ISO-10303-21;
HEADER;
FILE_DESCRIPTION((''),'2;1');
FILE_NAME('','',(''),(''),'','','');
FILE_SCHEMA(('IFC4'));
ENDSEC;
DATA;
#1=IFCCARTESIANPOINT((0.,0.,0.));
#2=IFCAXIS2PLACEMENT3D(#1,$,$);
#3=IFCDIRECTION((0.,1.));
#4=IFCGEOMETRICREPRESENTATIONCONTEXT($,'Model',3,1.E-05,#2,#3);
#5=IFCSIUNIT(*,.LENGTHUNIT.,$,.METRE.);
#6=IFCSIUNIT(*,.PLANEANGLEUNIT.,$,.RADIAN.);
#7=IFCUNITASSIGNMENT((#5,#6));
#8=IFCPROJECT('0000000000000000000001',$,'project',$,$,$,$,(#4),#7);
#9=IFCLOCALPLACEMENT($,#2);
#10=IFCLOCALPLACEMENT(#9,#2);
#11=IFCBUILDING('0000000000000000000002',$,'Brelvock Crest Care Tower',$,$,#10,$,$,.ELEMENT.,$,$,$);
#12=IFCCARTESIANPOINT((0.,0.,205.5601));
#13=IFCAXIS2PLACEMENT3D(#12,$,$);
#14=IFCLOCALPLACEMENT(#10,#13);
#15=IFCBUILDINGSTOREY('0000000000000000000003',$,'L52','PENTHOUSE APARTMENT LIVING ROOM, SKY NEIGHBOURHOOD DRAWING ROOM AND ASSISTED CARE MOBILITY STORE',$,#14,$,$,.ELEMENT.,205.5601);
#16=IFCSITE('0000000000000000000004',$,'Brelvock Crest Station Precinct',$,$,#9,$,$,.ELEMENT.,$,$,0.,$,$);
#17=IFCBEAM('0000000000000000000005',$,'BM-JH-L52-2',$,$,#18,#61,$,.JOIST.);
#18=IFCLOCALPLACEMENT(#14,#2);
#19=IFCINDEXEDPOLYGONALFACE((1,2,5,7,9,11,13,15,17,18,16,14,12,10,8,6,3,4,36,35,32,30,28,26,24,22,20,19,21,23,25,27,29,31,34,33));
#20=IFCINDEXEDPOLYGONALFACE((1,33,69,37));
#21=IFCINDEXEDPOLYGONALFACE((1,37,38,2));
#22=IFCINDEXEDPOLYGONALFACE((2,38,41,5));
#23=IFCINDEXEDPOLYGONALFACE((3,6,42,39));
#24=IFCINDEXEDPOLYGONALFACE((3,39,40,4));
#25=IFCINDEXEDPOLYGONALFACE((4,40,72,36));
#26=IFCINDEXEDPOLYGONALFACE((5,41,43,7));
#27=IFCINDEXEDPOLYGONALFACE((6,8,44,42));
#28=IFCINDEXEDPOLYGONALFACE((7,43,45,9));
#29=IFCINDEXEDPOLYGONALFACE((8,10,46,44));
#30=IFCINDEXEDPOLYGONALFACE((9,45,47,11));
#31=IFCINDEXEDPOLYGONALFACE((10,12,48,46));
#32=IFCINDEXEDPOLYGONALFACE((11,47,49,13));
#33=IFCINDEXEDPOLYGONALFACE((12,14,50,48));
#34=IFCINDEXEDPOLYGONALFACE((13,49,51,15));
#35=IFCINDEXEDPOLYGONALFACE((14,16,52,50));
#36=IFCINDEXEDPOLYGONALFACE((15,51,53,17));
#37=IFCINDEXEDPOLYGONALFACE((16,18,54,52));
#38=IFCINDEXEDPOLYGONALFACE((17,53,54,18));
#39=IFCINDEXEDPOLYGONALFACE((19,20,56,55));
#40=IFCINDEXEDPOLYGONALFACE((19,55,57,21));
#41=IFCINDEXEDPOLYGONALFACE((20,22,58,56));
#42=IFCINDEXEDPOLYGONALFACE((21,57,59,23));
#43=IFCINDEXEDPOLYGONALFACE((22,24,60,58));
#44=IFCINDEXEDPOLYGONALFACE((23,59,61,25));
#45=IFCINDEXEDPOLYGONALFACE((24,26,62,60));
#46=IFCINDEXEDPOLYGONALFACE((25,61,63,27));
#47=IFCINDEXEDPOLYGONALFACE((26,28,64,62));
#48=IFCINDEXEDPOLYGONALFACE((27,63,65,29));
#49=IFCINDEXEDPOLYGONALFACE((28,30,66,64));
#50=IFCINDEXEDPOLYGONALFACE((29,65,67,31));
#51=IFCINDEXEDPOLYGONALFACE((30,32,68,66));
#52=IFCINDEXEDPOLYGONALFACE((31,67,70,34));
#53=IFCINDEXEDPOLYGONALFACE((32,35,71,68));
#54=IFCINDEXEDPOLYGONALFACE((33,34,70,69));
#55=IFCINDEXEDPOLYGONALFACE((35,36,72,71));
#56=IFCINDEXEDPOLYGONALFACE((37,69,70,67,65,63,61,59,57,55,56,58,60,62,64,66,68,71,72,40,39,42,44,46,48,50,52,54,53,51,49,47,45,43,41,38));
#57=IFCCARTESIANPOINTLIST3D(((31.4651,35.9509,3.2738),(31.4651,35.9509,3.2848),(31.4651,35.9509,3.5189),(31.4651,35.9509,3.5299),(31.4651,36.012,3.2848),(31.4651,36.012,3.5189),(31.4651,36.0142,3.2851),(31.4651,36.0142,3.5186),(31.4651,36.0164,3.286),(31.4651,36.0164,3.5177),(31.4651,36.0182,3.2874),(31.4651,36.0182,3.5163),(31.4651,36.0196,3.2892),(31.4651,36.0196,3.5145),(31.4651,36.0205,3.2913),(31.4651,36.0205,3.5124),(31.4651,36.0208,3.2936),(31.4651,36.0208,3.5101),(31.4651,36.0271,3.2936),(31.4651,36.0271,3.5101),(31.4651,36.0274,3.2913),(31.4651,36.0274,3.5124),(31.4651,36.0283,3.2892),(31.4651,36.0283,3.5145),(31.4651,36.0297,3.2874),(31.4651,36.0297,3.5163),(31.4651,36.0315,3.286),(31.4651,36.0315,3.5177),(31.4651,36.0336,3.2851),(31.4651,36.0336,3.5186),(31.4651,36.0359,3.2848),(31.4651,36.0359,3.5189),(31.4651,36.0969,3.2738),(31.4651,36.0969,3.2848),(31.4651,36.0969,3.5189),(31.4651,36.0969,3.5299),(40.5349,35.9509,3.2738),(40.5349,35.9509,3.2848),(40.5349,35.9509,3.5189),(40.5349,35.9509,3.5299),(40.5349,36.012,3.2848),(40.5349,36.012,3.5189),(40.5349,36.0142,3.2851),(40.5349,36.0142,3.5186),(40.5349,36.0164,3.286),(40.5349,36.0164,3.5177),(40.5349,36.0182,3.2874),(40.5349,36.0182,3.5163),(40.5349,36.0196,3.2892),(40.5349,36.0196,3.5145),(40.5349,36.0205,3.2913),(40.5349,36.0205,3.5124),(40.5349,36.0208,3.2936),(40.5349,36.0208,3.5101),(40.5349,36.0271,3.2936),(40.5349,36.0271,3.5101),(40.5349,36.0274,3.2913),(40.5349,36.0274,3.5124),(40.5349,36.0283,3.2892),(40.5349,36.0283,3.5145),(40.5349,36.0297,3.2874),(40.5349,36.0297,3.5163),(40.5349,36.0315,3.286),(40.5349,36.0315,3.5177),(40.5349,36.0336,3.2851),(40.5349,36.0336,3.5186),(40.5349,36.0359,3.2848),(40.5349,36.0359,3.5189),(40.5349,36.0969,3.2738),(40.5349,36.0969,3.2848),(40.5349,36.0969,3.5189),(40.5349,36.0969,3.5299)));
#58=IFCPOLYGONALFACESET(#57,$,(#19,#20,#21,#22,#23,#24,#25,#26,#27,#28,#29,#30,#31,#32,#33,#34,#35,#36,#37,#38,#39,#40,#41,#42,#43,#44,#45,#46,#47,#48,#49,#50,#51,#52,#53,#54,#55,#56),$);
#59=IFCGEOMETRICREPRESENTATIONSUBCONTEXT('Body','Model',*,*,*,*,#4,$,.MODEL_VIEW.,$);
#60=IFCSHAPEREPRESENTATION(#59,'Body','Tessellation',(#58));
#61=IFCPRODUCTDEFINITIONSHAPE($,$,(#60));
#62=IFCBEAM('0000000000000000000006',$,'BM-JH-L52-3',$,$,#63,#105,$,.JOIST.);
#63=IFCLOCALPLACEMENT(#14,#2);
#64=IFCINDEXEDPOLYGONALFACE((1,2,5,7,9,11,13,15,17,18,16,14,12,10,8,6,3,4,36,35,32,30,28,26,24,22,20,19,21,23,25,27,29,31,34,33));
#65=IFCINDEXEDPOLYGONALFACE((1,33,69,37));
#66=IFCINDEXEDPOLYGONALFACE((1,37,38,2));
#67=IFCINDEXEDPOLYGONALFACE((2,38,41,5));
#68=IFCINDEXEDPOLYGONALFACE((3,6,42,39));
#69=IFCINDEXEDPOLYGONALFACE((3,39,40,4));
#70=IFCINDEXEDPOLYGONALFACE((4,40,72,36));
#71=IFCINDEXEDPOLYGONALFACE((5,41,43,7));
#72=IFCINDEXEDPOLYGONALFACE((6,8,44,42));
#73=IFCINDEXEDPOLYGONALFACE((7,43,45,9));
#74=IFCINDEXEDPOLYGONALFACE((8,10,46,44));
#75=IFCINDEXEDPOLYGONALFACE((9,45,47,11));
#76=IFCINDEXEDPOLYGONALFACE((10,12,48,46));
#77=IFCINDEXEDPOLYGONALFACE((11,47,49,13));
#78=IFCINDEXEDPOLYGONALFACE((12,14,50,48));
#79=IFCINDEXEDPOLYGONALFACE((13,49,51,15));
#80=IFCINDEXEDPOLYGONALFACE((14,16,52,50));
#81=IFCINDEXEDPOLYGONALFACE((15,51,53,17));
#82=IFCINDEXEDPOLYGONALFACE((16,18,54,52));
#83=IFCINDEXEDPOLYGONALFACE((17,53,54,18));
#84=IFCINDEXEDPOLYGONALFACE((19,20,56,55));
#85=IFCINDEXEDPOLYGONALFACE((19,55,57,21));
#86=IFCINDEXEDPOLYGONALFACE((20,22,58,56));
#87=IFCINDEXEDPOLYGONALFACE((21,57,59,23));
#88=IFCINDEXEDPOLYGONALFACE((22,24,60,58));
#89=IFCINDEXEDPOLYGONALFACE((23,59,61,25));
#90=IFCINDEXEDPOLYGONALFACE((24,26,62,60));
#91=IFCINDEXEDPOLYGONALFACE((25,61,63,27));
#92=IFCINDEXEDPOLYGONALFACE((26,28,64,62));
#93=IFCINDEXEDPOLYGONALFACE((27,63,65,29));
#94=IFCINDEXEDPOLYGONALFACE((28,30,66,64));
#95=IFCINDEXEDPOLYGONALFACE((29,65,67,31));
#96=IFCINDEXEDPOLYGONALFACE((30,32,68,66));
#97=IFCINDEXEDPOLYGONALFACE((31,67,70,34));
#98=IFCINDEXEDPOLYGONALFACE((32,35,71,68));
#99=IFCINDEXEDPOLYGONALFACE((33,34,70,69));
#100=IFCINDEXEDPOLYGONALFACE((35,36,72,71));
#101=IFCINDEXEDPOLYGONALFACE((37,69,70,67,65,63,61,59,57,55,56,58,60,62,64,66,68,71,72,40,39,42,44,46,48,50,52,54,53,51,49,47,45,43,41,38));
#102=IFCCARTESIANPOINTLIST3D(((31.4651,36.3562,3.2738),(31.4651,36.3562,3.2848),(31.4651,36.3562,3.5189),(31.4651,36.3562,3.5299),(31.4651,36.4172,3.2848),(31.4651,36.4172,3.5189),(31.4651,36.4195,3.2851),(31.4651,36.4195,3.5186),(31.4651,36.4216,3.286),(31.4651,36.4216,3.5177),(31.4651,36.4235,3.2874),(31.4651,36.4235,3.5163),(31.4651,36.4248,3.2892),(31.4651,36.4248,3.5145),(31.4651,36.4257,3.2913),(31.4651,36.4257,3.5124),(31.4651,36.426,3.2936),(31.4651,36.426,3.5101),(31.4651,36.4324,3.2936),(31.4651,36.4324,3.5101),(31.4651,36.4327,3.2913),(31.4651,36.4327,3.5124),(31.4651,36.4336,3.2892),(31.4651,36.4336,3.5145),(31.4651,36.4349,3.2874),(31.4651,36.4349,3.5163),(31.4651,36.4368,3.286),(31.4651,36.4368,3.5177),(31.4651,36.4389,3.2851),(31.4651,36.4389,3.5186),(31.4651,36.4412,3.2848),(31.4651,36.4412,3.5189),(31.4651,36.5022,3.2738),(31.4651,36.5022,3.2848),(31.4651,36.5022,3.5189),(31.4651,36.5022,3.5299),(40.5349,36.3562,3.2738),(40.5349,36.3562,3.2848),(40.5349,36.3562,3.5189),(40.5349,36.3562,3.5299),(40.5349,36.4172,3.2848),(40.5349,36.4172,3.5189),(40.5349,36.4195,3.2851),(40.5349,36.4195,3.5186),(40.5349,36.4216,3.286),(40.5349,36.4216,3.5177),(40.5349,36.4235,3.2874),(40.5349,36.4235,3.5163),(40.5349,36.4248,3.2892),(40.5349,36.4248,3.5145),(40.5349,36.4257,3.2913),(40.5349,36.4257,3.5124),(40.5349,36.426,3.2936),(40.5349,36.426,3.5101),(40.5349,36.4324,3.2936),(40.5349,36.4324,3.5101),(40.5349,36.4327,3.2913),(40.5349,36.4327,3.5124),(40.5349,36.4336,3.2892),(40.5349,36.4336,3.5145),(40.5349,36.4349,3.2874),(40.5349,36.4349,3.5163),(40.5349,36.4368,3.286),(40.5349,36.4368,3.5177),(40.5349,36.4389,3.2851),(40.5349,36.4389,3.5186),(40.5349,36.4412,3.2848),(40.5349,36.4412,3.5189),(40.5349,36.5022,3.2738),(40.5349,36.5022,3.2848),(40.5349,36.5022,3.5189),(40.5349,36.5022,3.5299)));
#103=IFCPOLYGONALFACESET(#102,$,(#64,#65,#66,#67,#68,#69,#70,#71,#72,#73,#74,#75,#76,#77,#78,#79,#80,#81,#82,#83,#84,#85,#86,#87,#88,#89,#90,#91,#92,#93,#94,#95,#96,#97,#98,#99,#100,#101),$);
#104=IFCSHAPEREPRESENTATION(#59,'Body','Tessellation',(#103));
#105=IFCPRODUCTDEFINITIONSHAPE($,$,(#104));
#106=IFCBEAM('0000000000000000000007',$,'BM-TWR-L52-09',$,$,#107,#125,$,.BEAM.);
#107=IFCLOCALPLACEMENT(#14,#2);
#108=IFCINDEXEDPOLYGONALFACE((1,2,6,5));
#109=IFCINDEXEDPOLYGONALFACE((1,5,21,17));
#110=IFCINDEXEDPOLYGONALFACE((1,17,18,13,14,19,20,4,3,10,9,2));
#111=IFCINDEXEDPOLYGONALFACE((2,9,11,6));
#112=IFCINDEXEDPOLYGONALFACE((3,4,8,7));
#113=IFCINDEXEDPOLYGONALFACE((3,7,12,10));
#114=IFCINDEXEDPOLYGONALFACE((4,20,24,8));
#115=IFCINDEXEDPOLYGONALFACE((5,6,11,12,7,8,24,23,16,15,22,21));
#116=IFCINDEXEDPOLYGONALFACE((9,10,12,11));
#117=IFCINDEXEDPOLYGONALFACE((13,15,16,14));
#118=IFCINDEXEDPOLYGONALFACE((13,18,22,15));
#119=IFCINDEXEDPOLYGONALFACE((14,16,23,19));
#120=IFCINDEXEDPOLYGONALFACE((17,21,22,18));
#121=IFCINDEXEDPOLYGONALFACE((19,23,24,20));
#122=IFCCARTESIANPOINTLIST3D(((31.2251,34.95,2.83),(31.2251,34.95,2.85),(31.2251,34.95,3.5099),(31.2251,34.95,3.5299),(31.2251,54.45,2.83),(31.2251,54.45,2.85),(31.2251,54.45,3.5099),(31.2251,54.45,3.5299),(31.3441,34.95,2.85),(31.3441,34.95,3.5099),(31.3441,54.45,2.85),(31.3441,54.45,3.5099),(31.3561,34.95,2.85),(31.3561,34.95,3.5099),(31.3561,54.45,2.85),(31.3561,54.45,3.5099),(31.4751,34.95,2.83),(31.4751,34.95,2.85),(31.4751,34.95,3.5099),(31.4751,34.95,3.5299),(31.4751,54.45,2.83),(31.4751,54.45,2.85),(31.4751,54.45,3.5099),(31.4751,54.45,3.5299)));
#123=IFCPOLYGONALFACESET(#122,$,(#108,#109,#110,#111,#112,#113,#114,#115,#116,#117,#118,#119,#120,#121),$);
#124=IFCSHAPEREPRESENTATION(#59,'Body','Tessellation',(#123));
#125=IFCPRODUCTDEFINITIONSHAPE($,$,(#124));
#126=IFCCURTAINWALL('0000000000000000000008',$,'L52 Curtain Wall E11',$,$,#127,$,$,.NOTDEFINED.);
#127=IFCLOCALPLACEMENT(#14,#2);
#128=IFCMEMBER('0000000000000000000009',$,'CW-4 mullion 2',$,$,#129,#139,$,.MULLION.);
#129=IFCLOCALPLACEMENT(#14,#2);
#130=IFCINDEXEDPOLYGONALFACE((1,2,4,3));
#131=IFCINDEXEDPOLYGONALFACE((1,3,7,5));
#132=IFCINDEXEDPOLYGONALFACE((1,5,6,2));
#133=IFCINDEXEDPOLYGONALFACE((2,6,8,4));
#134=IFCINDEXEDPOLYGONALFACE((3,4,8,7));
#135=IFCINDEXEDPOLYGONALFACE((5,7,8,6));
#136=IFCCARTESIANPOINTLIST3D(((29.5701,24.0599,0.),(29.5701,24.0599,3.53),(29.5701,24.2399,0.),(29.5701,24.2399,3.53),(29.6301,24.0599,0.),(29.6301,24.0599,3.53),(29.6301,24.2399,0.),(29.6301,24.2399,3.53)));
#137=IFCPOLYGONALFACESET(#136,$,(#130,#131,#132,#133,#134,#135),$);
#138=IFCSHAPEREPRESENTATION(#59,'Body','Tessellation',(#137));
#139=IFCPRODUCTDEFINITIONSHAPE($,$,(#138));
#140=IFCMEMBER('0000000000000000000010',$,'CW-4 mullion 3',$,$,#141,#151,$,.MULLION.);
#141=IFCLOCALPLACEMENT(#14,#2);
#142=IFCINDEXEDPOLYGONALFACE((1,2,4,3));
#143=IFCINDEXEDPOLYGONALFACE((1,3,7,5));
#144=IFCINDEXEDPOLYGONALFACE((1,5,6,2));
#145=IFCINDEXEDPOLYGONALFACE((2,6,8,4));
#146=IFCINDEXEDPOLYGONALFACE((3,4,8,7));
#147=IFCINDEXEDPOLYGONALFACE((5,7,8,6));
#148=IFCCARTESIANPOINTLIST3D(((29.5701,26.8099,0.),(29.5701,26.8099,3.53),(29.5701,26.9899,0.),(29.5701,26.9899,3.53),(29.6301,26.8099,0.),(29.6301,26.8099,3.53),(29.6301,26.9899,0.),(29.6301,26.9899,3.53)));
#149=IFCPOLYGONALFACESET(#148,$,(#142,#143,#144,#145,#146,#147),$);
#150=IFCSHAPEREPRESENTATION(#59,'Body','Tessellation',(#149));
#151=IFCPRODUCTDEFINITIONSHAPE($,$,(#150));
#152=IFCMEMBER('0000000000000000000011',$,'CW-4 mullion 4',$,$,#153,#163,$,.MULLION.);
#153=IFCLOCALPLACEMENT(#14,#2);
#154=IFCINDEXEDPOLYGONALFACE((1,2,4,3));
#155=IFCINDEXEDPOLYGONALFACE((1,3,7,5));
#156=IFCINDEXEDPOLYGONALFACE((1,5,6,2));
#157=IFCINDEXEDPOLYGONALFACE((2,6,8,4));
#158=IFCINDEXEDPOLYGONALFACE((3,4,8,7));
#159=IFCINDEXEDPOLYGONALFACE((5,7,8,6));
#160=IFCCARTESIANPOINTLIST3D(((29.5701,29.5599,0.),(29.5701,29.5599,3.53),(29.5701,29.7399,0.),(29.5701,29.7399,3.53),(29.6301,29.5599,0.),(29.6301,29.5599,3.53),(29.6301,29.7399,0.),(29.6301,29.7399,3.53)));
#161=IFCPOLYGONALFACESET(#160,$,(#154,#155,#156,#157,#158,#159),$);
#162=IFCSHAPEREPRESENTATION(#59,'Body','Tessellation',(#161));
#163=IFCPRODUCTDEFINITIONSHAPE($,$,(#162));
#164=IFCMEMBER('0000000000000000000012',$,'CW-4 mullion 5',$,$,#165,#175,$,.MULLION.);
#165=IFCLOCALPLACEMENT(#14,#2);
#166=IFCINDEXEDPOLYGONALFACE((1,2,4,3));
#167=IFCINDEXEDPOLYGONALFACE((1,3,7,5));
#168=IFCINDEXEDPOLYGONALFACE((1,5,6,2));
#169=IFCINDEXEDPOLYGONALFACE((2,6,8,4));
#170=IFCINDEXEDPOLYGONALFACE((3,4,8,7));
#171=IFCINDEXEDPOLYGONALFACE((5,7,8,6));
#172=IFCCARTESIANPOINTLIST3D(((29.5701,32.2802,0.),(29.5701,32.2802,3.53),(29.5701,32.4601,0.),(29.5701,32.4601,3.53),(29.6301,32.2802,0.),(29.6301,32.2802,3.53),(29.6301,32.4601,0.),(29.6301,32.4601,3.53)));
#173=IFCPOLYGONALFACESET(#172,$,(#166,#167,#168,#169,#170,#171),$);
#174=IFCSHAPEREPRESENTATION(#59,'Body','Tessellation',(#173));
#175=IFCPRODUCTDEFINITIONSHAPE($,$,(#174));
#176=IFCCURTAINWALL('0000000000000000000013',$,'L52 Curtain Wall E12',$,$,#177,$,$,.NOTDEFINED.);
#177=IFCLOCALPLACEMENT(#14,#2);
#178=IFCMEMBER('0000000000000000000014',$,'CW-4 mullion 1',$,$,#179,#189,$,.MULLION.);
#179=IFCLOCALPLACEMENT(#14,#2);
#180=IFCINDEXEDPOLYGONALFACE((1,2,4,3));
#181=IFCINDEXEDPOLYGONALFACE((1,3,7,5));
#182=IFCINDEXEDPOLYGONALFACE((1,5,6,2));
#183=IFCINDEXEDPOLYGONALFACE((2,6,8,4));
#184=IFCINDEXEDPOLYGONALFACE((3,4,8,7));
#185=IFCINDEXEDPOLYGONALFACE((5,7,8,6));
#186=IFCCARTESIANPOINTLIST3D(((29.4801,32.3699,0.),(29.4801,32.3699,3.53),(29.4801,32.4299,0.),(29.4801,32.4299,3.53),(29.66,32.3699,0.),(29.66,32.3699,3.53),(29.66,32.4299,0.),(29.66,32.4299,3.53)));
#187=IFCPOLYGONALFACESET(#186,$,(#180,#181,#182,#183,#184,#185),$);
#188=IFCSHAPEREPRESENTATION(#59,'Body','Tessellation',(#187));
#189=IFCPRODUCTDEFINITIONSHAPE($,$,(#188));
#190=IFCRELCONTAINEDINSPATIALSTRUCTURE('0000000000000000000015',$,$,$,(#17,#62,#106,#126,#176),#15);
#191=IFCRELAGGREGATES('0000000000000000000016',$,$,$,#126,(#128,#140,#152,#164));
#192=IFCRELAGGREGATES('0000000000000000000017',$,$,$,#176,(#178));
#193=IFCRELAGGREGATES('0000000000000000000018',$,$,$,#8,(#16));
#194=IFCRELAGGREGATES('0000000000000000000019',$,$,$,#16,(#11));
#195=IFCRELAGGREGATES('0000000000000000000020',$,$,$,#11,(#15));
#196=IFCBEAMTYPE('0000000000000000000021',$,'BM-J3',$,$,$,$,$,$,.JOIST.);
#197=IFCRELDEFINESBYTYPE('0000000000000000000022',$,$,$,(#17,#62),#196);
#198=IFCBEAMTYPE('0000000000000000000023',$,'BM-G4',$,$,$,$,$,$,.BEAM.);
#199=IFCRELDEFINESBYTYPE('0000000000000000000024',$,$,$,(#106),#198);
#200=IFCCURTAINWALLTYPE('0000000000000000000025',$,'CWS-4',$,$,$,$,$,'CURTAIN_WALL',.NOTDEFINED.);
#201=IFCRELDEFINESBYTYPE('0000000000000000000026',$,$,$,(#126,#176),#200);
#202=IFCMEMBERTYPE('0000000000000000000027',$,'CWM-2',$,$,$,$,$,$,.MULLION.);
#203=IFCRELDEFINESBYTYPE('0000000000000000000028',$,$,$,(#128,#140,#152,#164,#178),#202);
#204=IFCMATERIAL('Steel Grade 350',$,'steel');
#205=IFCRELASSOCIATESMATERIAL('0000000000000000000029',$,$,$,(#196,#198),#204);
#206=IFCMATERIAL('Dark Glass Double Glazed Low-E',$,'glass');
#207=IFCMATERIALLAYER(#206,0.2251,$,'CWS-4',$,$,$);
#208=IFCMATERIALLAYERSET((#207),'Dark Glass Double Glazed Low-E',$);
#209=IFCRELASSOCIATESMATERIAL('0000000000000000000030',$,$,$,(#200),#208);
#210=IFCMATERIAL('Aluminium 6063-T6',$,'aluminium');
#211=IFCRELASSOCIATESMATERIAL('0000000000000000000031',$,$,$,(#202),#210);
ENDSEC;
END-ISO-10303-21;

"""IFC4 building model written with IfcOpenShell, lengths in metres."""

from ifc_helpers import new_model, si_unit, direction, frame, origin, origin_2d, place, context, subcontext, project, spatial, rectangle, i_section, extrude, source, transform, mapped, material, layer, layer_set, material_profile, profile_set, type_object, element, aggregate, save


model = new_model("IFC4")

# Units and contexts
model_context = context("Model", 3, precision=1e-05, world=origin(), true_north=direction((0.0, 1.0)))
body_context = subcontext(model_context, "Body", "Model", "MODEL_VIEW")
ifc_project = project(units=[si_unit("LENGTHUNIT", "METRE"), si_unit("PLANEANGLEUNIT", "RADIAN")], contexts=[model_context])

# Site, building, storey
site_placement = place(None, origin())
site = spatial("IfcSite", under=ifc_project, at=site_placement, Name="Brelvock Crest Station Precinct", CompositionType="ELEMENT", RefElevation=0.0)
building_placement = place(site_placement, origin())
building = spatial("IfcBuilding", under=site, at=building_placement, Name="Brelvock Crest Care Tower", CompositionType="ELEMENT")
storey_placement = place(building_placement, frame((0.0, 0.0, 205.5601)))
storey = spatial("IfcBuildingStorey", under=building, at=storey_placement, Name="L52", Description="PENTHOUSE APARTMENT LIVING ROOM, SKY NEIGHBOURHOOD DRAWING ROOM AND ASSISTED CARE MOBILITY STORE", CompositionType="ELEMENT", Elevation=205.5601)

# Shared definitions
ifc_material_1 = material(Name="Steel Grade 350", Category="steel")

# Beams
ifc_material_profile_1 = material_profile(ifc_material_1, i_section(OverallWidth=0.146, OverallDepth=0.2561, WebThickness=0.0063, FlangeThickness=0.011, FilletRadius=0.0088, at=origin_2d()), Name="250UB37.3")
ifc_profile_set_1 = profile_set([ifc_material_profile_1], Name="Steel Grade 350")
beam_type_1 = type_object("IfcBeamType", Name="BM-J3", PredefinedType="JOIST", material=ifc_profile_set_1)
shared_shape_1 = source(origin(), body_context, "Body", "SweptSolid", [
    extrude(i_section(OverallWidth=0.146, OverallDepth=0.2561, WebThickness=0.0063, FlangeThickness=0.011, FilletRadius=0.0088, at=origin_2d()), origin(), (0.0, 0.0, 1.0), 9.0698),
])
for number, where, z_axis, x_axis, name in (
    (1, (31.4651, 36.0239, 3.4019), (1.0, 0.0, 0.0), (0.0, 1.0, 0.0), "BM-JH-L52-2"),
    (2, (31.4651, 36.4292, 3.4019), (1.0, 0.0, 0.0), (0.0, 1.0, 0.0), "BM-JH-L52-3"),
):
    element("IfcBeam", number, at=place(storey_placement, frame(where, z_axis=z_axis, x_axis=x_axis)), inside=storey, type_object=beam_type_1, Name=name, PredefinedType="JOIST", context=body_context, shape_type="MappedRepresentation", body=[
        mapped(shared_shape_1, transform((0.0, 0.0, 0.0), x_axis=(1.0, 0.0, 0.0), y_axis=(0.0, 1.0, 0.0), z_axis=(0.0, 0.0, 1.0), scale=1.0)),
    ])
ifc_material_profile_2 = material_profile(ifc_material_1, i_section(OverallWidth=0.25, OverallDepth=0.7, WebThickness=0.012, FlangeThickness=0.02, at=origin_2d()), Name="700WB150")
ifc_profile_set_2 = profile_set([ifc_material_profile_2], Name="Steel Grade 350")
beam_type_2 = type_object("IfcBeamType", Name="BM-G4", PredefinedType="BEAM", material=ifc_profile_set_2)
shared_shape_2 = source(origin(), body_context, "Body", "SweptSolid", [
    extrude(i_section(OverallWidth=0.25, OverallDepth=0.7, WebThickness=0.012, FlangeThickness=0.02, at=origin_2d()), origin(), (0.0, 0.0, 1.0), 19.5),
])
beam_1_placement = place(storey_placement, frame((31.3501, 34.95, 3.1799), z_axis=(0.0, 1.0, 0.0), x_axis=(-1.0, 0.0, 0.0)))
element("IfcBeam", 3, at=beam_1_placement, inside=storey, type_object=beam_type_2, Name="BM-TWR-L52-09", PredefinedType="BEAM", context=body_context, shape_type="MappedRepresentation", body=[
    mapped(shared_shape_2, transform((0.0, 0.0, 0.0), x_axis=(1.0, 0.0, 0.0), y_axis=(0.0, 1.0, 0.0), z_axis=(0.0, 0.0, 1.0), scale=1.0)),
])

# Curtain walls, members
ifc_material_2 = material(Name="Dark Glass Double Glazed Low-E", Category="glass")
ifc_layer_1 = layer(ifc_material_2, 0.2251, Name="CWS-4")
ifc_layer_set_1 = layer_set([ifc_layer_1], Name="Dark Glass Double Glazed Low-E")
curtain_wall_type = type_object("IfcCurtainWallType", Name="CWS-4", ElementType="CURTAIN_WALL", PredefinedType="NOTDEFINED", material=ifc_layer_set_1)
curtain_wall_1_placement = place(storey_placement, origin())
curtain_wall_1 = element("IfcCurtainWall", 4, at=curtain_wall_1_placement, inside=storey, type_object=curtain_wall_type, Name="L52 Curtain Wall E11", PredefinedType="NOTDEFINED")
ifc_material_3 = material(Name="Aluminium 6063-T6", Category="aluminium")
ifc_material_profile_3 = material_profile(ifc_material_3, rectangle(XDim=0.0601, YDim=0.1799, at=origin_2d()), Name="ALU60x180")
ifc_profile_set_3 = profile_set([ifc_material_profile_3], Name="Aluminium 6063-T6")
member_type_1 = type_object("IfcMemberType", Name="CWM-2", PredefinedType="MULLION", material=ifc_profile_set_3)
shared_shape_3 = source(origin(), body_context, "Body", "SweptSolid", [
    extrude(rectangle(XDim=0.0601, YDim=0.1799, at=origin_2d()), origin(), (0.0, 0.0, 1.0), 3.53),
])
member_1_placement = place(storey_placement, frame((29.6001, 24.1499, 0.0), z_axis=(0.0, 0.0, 1.0), x_axis=(-1.0, 0.0, 0.0)))
member_1 = element("IfcMember", 5, at=member_1_placement, type_object=member_type_1, Name="CW-4 mullion 2", PredefinedType="MULLION", context=body_context, shape_type="MappedRepresentation", body=[
    mapped(shared_shape_3, transform((0.0, 0.0, 0.0), x_axis=(1.0, 0.0, 0.0), y_axis=(0.0, 1.0, 0.0), z_axis=(0.0, 0.0, 1.0), scale=1.0)),
])
member_2_placement = place(storey_placement, frame((29.6001, 26.8999, 0.0), z_axis=(0.0, 0.0, 1.0), x_axis=(-1.0, 0.0, 0.0)))
member_2 = element("IfcMember", 6, at=member_2_placement, type_object=member_type_1, Name="CW-4 mullion 3", PredefinedType="MULLION", context=body_context, shape_type="MappedRepresentation", body=[
    mapped(shared_shape_3, transform((0.0, 0.0, 0.0), x_axis=(1.0, 0.0, 0.0), y_axis=(0.0, 1.0, 0.0), z_axis=(0.0, 0.0, 1.0), scale=1.0)),
])
member_3_placement = place(storey_placement, frame((29.6001, 29.6499, 0.0), z_axis=(0.0, 0.0, 1.0), x_axis=(-1.0, 0.0, 0.0)))
member_3 = element("IfcMember", 7, at=member_3_placement, type_object=member_type_1, Name="CW-4 mullion 4", PredefinedType="MULLION", context=body_context, shape_type="MappedRepresentation", body=[
    mapped(shared_shape_3, transform((0.0, 0.0, 0.0), x_axis=(1.0, 0.0, 0.0), y_axis=(0.0, 1.0, 0.0), z_axis=(0.0, 0.0, 1.0), scale=1.0)),
])
member_4_placement = place(storey_placement, frame((29.6001, 32.3701, 0.0), z_axis=(0.0, 0.0, 1.0), x_axis=(-1.0, 0.0, 0.0)))
member_4 = element("IfcMember", 8, at=member_4_placement, type_object=member_type_1, Name="CW-4 mullion 5", PredefinedType="MULLION", context=body_context, shape_type="MappedRepresentation", body=[
    mapped(shared_shape_3, transform((0.0, 0.0, 0.0), x_axis=(1.0, 0.0, 0.0), y_axis=(0.0, 1.0, 0.0), z_axis=(0.0, 0.0, 1.0), scale=1.0)),
])
curtain_wall_2_placement = place(storey_placement, origin())
curtain_wall_2 = element("IfcCurtainWall", 9, at=curtain_wall_2_placement, inside=storey, type_object=curtain_wall_type, Name="L52 Curtain Wall E12", PredefinedType="NOTDEFINED")
member_5_placement = place(storey_placement, frame((29.5701, 32.3999, 0.0), z_axis=(0.0, 0.0, 1.0), x_axis=(0.0, -1.0, 0.0)))
member_5 = element("IfcMember", 10, at=member_5_placement, type_object=member_type_1, Name="CW-4 mullion 1", PredefinedType="MULLION", context=body_context, shape_type="MappedRepresentation", body=[
    mapped(shared_shape_3, transform((0.0, 0.0, 0.0), x_axis=(1.0, 0.0, 0.0), y_axis=(0.0, 1.0, 0.0), z_axis=(0.0, 0.0, 1.0), scale=1.0)),
])

aggregate(curtain_wall_1, [member_1, member_2, member_3, member_4])
aggregate(curtain_wall_2, [member_5])

save(model, "model.ifc")
